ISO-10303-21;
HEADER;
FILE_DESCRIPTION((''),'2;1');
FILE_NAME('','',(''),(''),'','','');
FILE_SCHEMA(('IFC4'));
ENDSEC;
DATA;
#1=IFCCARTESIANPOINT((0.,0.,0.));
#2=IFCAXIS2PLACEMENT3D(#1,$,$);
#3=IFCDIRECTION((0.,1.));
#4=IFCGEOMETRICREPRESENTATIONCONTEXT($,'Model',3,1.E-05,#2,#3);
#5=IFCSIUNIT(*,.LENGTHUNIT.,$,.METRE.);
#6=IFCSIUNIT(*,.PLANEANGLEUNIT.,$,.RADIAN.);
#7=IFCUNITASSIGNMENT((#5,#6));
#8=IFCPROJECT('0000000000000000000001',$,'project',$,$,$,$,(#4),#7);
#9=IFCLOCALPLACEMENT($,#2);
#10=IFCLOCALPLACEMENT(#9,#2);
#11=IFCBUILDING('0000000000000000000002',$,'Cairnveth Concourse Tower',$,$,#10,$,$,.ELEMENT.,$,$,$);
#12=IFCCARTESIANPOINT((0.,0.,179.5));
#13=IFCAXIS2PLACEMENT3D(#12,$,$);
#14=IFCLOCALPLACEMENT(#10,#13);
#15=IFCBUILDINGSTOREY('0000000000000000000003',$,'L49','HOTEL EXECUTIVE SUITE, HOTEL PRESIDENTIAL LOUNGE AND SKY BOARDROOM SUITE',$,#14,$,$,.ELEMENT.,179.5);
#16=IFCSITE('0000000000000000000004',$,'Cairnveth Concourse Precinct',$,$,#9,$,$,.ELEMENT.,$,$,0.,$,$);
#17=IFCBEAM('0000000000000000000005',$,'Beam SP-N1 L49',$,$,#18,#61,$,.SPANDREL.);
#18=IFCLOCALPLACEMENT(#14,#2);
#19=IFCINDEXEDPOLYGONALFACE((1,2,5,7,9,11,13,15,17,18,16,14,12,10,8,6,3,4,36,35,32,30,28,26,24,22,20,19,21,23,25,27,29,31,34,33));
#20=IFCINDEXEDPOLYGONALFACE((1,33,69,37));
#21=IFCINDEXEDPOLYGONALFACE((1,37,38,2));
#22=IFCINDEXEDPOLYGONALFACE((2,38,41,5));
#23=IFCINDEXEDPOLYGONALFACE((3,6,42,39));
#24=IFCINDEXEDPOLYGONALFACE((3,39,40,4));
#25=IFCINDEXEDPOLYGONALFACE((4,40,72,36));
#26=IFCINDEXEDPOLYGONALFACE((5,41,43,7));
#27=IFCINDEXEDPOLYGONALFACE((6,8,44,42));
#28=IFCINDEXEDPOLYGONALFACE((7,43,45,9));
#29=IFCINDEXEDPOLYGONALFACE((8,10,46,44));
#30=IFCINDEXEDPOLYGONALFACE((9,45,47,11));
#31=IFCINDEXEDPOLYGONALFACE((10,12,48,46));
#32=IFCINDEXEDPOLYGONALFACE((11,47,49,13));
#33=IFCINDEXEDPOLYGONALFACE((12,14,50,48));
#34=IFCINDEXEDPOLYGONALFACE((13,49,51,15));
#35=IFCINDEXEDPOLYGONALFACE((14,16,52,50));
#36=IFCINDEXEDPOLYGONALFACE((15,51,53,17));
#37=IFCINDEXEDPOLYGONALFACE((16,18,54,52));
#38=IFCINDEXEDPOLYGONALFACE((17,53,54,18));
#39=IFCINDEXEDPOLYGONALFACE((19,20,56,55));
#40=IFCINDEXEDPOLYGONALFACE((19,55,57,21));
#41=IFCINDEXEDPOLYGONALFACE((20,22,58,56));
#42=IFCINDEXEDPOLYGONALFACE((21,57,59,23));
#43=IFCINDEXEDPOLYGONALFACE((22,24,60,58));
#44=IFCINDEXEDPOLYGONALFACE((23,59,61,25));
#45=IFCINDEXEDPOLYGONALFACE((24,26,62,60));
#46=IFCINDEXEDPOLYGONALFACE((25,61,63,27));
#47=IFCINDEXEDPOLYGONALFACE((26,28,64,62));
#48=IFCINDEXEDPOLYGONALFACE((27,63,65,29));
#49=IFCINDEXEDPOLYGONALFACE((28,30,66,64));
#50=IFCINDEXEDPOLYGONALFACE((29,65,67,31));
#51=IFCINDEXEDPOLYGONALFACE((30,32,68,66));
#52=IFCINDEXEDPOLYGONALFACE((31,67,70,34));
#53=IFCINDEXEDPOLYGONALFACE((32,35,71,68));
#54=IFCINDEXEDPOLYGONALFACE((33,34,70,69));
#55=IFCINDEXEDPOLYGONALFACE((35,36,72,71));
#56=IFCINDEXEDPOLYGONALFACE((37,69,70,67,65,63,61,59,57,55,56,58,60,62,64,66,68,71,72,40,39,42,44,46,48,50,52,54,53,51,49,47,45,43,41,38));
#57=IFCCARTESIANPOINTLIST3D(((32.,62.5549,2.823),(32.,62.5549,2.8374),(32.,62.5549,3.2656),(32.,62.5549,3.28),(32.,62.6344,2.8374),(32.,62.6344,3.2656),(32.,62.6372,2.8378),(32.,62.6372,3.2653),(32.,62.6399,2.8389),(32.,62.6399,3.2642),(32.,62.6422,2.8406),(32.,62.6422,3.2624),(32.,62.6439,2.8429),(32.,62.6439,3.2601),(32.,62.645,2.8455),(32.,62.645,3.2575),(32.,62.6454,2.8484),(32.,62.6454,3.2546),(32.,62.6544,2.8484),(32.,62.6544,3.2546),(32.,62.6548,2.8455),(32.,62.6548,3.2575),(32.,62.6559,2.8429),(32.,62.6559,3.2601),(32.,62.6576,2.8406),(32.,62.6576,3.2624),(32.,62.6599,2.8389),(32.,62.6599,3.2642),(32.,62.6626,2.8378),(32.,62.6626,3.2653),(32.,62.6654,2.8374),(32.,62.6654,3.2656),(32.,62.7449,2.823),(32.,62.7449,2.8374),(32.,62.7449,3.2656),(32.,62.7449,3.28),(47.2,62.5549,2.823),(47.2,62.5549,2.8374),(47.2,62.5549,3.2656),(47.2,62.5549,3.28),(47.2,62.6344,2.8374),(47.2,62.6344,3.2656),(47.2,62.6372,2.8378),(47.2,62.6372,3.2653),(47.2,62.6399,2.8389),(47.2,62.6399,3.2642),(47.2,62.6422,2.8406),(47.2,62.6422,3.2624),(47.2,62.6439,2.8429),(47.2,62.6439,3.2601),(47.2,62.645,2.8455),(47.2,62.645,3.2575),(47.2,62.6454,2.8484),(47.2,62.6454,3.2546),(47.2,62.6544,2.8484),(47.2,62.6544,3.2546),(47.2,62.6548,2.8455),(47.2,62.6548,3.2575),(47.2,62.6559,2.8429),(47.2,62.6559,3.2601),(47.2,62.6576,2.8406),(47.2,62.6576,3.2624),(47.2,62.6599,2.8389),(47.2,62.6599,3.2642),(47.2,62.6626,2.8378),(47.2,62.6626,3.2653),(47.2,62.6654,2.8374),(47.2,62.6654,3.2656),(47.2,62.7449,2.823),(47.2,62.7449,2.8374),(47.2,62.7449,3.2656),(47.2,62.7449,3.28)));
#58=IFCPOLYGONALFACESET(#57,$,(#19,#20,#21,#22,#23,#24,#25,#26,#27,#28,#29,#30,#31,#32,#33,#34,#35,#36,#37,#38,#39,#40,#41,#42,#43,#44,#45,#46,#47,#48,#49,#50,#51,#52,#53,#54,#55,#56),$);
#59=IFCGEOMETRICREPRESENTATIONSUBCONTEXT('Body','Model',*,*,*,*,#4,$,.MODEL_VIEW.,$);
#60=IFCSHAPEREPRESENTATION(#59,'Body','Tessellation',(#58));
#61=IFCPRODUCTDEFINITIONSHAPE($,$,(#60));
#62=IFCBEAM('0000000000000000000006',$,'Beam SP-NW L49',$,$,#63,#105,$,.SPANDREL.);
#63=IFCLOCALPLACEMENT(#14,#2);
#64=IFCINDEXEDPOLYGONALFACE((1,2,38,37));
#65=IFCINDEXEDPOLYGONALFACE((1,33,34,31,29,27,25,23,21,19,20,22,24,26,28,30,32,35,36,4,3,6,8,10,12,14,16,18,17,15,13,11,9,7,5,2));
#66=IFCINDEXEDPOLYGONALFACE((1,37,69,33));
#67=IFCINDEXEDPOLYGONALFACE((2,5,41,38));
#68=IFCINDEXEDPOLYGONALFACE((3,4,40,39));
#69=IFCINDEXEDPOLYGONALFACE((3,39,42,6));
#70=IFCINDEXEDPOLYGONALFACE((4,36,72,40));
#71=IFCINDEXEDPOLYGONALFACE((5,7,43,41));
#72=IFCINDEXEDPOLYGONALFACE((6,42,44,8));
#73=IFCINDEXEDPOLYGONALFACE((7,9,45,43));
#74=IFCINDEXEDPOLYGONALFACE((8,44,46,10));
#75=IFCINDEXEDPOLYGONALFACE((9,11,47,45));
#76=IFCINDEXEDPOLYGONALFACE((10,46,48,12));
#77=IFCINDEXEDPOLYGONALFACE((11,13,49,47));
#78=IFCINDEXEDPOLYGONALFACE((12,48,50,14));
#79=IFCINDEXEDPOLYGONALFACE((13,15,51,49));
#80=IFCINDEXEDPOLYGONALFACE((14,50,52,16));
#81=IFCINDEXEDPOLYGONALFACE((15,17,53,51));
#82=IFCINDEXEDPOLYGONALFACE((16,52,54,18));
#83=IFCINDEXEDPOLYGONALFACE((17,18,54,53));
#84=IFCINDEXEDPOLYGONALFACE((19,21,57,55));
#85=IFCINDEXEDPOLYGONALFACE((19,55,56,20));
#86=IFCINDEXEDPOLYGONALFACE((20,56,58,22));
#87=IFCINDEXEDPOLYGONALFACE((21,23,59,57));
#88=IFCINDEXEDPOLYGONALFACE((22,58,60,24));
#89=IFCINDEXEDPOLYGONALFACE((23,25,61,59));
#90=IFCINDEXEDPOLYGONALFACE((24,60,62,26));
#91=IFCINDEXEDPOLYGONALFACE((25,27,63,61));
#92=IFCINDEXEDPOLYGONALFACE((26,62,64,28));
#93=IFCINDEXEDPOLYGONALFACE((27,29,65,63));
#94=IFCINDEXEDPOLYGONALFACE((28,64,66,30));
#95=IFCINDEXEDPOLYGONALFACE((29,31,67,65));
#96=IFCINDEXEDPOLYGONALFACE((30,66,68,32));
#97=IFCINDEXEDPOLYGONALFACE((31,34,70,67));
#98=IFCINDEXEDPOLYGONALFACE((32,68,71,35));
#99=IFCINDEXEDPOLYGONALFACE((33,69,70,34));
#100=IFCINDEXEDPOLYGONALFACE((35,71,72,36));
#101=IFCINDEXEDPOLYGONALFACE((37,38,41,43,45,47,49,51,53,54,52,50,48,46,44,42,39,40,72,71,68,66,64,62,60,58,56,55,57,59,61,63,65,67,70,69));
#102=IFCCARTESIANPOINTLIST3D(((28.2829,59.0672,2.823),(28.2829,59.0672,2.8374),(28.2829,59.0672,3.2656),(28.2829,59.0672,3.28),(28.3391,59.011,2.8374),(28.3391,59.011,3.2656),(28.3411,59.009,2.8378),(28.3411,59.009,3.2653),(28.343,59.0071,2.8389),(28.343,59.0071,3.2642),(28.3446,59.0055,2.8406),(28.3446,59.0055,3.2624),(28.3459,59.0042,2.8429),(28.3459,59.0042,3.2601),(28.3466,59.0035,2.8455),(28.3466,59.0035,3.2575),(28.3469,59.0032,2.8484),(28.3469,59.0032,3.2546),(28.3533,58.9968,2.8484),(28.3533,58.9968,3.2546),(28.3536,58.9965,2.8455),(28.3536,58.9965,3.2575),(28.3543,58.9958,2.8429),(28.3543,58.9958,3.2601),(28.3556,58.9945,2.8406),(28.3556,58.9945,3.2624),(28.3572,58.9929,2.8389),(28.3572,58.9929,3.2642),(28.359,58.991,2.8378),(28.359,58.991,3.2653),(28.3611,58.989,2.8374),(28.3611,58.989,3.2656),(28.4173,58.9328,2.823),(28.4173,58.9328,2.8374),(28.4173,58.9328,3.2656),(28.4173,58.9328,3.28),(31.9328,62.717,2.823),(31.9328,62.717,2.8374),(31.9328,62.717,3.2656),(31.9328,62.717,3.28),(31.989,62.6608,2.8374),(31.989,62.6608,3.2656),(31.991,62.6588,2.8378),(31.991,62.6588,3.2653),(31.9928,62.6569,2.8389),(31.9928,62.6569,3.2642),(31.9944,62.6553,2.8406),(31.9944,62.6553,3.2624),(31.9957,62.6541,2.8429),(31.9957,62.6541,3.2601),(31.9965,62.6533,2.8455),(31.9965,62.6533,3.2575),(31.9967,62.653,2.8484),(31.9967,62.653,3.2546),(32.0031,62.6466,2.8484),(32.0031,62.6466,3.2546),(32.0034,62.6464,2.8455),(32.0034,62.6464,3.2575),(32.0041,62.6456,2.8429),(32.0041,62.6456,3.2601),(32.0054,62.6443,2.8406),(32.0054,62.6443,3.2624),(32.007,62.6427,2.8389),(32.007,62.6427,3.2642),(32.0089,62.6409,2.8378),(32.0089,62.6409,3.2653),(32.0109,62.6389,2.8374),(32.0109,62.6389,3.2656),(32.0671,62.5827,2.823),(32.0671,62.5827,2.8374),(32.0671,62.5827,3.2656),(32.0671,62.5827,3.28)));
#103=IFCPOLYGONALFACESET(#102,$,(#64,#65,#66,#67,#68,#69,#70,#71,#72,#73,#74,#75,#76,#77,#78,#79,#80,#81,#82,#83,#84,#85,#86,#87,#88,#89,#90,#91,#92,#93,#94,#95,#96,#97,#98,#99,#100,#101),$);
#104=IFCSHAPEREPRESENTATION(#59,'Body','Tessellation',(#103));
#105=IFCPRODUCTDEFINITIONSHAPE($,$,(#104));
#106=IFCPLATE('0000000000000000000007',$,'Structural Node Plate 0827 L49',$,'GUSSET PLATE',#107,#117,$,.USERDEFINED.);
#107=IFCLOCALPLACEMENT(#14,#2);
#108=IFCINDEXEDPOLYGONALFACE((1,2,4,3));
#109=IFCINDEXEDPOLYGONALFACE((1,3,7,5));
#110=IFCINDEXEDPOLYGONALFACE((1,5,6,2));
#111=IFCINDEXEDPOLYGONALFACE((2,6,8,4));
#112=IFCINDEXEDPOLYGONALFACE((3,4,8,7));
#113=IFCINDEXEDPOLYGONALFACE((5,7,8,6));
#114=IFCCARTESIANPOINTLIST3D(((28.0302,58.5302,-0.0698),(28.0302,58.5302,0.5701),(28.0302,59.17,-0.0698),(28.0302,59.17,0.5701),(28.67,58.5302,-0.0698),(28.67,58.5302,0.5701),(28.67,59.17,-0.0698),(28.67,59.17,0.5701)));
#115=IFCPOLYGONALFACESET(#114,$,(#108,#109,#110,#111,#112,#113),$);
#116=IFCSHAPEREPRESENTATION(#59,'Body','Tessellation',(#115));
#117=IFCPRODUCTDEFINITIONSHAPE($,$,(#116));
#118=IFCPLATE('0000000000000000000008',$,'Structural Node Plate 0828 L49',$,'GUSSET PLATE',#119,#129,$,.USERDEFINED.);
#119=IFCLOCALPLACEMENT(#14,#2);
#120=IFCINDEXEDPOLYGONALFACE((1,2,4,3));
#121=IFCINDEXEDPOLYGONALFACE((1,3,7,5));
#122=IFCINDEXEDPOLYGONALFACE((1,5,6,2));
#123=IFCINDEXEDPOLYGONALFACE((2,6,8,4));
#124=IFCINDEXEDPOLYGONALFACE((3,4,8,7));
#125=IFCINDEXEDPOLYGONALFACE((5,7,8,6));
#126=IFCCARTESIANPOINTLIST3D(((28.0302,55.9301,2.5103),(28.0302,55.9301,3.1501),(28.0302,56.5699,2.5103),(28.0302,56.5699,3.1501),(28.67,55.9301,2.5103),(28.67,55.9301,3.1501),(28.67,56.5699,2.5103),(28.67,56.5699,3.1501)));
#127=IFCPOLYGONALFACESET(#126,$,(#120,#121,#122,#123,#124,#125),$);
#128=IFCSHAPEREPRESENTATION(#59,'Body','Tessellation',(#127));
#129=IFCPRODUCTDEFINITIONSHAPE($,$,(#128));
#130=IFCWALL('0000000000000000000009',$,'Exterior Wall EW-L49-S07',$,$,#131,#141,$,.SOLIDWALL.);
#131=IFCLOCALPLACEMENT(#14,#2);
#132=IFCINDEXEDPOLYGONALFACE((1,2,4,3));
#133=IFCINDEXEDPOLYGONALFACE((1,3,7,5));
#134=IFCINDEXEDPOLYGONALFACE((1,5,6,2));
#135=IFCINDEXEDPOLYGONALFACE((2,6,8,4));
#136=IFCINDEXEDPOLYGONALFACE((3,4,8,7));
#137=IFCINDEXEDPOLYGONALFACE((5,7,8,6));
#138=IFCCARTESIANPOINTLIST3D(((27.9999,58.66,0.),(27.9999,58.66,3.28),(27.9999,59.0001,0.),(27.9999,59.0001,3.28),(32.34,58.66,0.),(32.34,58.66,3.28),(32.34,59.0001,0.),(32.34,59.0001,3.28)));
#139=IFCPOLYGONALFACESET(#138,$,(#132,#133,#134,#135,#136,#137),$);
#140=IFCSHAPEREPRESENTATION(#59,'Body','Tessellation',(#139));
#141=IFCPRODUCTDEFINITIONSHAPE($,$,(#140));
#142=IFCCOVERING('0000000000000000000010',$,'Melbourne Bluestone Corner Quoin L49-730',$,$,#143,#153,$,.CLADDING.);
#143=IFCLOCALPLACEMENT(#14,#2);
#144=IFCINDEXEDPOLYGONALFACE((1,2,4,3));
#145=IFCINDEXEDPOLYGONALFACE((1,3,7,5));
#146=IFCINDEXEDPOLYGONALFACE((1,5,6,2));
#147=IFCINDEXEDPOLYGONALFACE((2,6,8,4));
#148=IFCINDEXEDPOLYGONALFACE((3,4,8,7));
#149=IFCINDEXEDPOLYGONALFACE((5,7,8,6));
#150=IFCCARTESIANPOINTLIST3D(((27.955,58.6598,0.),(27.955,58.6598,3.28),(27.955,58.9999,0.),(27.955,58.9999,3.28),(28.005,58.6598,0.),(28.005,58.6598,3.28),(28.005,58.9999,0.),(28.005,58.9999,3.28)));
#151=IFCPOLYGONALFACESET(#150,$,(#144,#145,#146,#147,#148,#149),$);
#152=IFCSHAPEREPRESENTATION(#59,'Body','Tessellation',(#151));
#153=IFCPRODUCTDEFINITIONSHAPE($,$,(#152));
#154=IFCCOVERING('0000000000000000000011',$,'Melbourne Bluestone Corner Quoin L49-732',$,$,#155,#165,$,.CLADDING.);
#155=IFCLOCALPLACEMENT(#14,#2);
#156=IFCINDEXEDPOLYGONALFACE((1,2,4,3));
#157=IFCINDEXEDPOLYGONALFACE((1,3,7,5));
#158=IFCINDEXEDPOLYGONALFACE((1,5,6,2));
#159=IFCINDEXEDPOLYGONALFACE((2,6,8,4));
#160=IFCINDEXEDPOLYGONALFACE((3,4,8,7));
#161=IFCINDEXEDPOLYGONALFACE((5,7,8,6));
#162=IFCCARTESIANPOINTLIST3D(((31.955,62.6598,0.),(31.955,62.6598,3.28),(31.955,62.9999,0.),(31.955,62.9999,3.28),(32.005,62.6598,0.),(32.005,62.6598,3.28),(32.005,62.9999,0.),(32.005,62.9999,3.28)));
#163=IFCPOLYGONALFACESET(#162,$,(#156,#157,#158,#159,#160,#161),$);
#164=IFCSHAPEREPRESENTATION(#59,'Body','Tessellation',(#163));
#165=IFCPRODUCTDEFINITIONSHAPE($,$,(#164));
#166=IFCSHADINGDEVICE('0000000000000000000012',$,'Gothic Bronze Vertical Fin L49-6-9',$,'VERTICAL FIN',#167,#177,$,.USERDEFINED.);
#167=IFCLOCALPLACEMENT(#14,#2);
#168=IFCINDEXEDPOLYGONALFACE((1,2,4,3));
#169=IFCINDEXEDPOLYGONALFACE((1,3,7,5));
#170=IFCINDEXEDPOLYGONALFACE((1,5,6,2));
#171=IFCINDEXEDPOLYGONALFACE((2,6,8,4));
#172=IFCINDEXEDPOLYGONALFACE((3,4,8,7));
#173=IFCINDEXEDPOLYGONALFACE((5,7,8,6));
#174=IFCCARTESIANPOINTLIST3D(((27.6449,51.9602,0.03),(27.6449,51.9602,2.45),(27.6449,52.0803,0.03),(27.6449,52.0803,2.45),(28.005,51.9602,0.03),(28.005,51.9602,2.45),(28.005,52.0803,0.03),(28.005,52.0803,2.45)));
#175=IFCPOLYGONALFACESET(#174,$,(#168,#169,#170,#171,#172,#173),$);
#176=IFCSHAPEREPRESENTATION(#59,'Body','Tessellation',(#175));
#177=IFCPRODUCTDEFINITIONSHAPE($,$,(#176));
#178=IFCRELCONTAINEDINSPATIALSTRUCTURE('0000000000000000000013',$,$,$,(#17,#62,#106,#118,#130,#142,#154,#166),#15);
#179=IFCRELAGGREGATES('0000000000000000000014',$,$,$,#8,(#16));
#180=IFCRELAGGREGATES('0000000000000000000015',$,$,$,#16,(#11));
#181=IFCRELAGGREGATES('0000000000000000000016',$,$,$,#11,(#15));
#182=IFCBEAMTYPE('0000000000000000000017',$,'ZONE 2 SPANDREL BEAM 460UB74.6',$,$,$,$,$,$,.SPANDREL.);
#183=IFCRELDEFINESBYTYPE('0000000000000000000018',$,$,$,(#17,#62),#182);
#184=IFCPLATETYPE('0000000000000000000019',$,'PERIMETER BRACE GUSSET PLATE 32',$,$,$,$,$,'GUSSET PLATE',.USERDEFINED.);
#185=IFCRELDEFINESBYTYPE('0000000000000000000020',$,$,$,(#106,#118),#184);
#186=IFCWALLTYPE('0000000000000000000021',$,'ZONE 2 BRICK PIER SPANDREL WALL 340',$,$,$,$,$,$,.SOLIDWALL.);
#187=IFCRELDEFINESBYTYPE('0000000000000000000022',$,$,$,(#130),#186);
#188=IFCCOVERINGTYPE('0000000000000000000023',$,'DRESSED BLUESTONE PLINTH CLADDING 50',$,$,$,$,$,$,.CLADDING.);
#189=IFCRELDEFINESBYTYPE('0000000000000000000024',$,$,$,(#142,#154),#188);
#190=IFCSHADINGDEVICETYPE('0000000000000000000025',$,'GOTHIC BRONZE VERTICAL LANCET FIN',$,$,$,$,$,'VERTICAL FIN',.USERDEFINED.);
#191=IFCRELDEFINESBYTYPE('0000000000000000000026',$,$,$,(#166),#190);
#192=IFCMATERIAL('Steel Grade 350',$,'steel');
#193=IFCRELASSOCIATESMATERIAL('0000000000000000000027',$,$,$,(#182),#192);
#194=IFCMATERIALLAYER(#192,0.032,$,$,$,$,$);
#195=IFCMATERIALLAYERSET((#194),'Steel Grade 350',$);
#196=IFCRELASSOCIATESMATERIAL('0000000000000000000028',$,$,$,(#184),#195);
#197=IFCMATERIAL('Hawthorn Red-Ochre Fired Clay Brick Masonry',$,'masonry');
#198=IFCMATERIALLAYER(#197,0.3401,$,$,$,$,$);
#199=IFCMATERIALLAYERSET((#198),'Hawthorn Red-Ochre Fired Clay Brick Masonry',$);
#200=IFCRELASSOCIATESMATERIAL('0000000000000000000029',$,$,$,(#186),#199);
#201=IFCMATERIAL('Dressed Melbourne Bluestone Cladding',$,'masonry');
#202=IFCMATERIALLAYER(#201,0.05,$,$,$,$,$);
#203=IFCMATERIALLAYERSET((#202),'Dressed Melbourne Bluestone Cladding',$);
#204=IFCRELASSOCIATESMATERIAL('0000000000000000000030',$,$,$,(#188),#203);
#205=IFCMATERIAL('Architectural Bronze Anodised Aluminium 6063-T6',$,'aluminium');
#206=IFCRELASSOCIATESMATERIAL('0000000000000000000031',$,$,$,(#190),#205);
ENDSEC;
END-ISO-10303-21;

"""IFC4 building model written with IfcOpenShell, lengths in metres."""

from ifc_helpers import new_model, si_unit, direction, frame, frame_2d, origin, origin_2d, place, context, subcontext, project, spatial, rectangle, i_section, extrude, material, layer, layer_set, material_profile, profile_set, type_object, element, save


model = new_model("IFC4")

# Units and contexts
model_context = context("Model", 3, precision=1e-05, world=origin(), true_north=direction((0.0, 1.0)))
body_context = subcontext(model_context, "Body", "Model", "MODEL_VIEW")
ifc_project = project(units=[si_unit("LENGTHUNIT", "METRE"), si_unit("PLANEANGLEUNIT", "RADIAN")], contexts=[model_context])

# Site, building, storey
site_placement = place(None, origin())
site = spatial("IfcSite", under=ifc_project, at=site_placement, Name="Cairnveth Concourse Precinct", CompositionType="ELEMENT", RefElevation=0.0)
building_placement = place(site_placement, origin())
building = spatial("IfcBuilding", under=site, at=building_placement, Name="Cairnveth Concourse Tower", CompositionType="ELEMENT")
storey_placement = place(building_placement, frame((0.0, 0.0, 179.5)))
storey = spatial("IfcBuildingStorey", under=building, at=storey_placement, Name="L49", Description="HOTEL EXECUTIVE SUITE, HOTEL PRESIDENTIAL LOUNGE AND SKY BOARDROOM SUITE", CompositionType="ELEMENT", Elevation=179.5)

# Shared definitions
ifc_material_1 = material(Name="Steel Grade 350", Category="steel")

# Beams
ifc_material_profile_1 = material_profile(ifc_material_1, i_section(OverallWidth=0.1899, OverallDepth=0.457, WebThickness=0.009, FlangeThickness=0.0144, FilletRadius=0.011, at=origin_2d()), Name="460UB74.6")
ifc_profile_set_1 = profile_set([ifc_material_profile_1], Name="Steel Grade 350")
beam_type_1 = type_object("IfcBeamType", Name="ZONE 2 SPANDREL BEAM 460UB74.6", PredefinedType="SPANDREL", material=ifc_profile_set_1)
beam_1_placement = place(storey_placement, frame((32.0, 62.6499, 3.0515), z_axis=(1.0, 0.0, 0.0), x_axis=(0.0, 1.0, 0.0)))
element("IfcBeam", 1, at=beam_1_placement, inside=storey, type_object=beam_type_1, Name="Beam SP-N1 L49", PredefinedType="SPANDREL", context=body_context, shape_type="SweptSolid", body=[
    extrude(i_section(OverallWidth=0.1899, OverallDepth=0.457, WebThickness=0.009, FlangeThickness=0.0144, FilletRadius=0.011, at=origin_2d()), origin(), (0.0, 0.0, 1.0), 15.2),
])
beam_2_placement = place(storey_placement, frame((28.3501, 59.0, 3.0515), z_axis=(0.707107, 0.707107, 0.0), x_axis=(-0.707107, 0.707107, 0.0)))
element("IfcBeam", 2, at=beam_2_placement, inside=storey, type_object=beam_type_1, Name="Beam SP-NW L49", PredefinedType="SPANDREL", context=body_context, shape_type="SweptSolid", body=[
    extrude(i_section(OverallWidth=0.1899, OverallDepth=0.457, WebThickness=0.009, FlangeThickness=0.0144, FilletRadius=0.011, at=origin_2d()), origin(), (0.0, 0.0, 1.0), 5.1616),
])

# Plates
ifc_layer_1 = layer(ifc_material_1, 0.032)
ifc_layer_set_1 = layer_set([ifc_layer_1], Name="Steel Grade 350")
plate_type = type_object("IfcPlateType", Name="PERIMETER BRACE GUSSET PLATE 32", ElementType="GUSSET PLATE", PredefinedType="USERDEFINED", material=ifc_layer_set_1)
for number, where, z_axis, x_axis, name in (
    (3, (28.3501, 58.8501, -0.0698), (0.0, 0.0, 1.0), (1.0, 0.0, 0.0), "Structural Node Plate 0827 L49"),
    (4, (28.3501, 56.25, 2.5103), (0.0, 0.0, 1.0), (1.0, 0.0, 0.0), "Structural Node Plate 0828 L49"),
):
    element("IfcPlate", number, at=place(storey_placement, frame(where, z_axis=z_axis, x_axis=x_axis)), inside=storey, type_object=plate_type, Name=name, ObjectType="GUSSET PLATE", PredefinedType="USERDEFINED", context=body_context, shape_type="SweptSolid", body=[
        extrude(rectangle(XDim=0.6399, YDim=0.6399, at=origin_2d()), origin(), (0.0, 0.0, 1.0), 0.6399),
    ])

# Wall
ifc_material_2 = material(Name="Hawthorn Red-Ochre Fired Clay Brick Masonry", Category="masonry")
ifc_layer_2 = layer(ifc_material_2, 0.3401)
ifc_layer_set_2 = layer_set([ifc_layer_2], Name="Hawthorn Red-Ochre Fired Clay Brick Masonry")
wall_type = type_object("IfcWallType", Name="ZONE 2 BRICK PIER SPANDREL WALL 340", PredefinedType="SOLIDWALL", material=ifc_layer_set_2)
wall_1_placement = place(storey_placement, frame((28.0, 58.8301, 0.0), z_axis=(0.0, 0.0, 1.0), x_axis=(1.0, 0.0, 0.0)))
element("IfcWall", 5, at=wall_1_placement, inside=storey, type_object=wall_type, Name="Exterior Wall EW-L49-S07", PredefinedType="SOLIDWALL", context=body_context, shape_type="SweptSolid", body=[
    extrude(rectangle(XDim=4.3401, YDim=0.3401, at=frame_2d((2.1699, 0.0))), origin(), (0.0, 0.0, 1.0), 3.28),
])

# Coverings
ifc_material_3 = material(Name="Dressed Melbourne Bluestone Cladding", Category="masonry")
ifc_layer_3 = layer(ifc_material_3, 0.05)
ifc_layer_set_3 = layer_set([ifc_layer_3], Name="Dressed Melbourne Bluestone Cladding")
covering_type = type_object("IfcCoveringType", Name="DRESSED BLUESTONE PLINTH CLADDING 50", PredefinedType="CLADDING", material=ifc_layer_set_3)
for number, where, z_axis, x_axis, name in (
    (6, (27.98, 58.6599, 0.0), (0.0, 0.0, 1.0), (0.0, 1.0, 0.0), "Melbourne Bluestone Corner Quoin L49-730"),
    (7, (31.98, 62.6599, 0.0), (0.0, 0.0, 1.0), (0.0, 1.0, 0.0), "Melbourne Bluestone Corner Quoin L49-732"),
):
    element("IfcCovering", number, at=place(storey_placement, frame(where, z_axis=z_axis, x_axis=x_axis)), inside=storey, type_object=covering_type, Name=name, PredefinedType="CLADDING", context=body_context, shape_type="SweptSolid", body=[
        extrude(rectangle(XDim=0.3401, YDim=0.05, at=frame_2d((0.1699, 0.0))), origin(), (0.0, 0.0, 1.0), 3.28),
    ])

# Shading device
ifc_material_4 = material(Name="Architectural Bronze Anodised Aluminium 6063-T6", Category="aluminium")
shading_device_type = type_object("IfcShadingDeviceType", Name="GOTHIC BRONZE VERTICAL LANCET FIN", ElementType="VERTICAL FIN", PredefinedType="USERDEFINED", material=ifc_material_4)
shading_device_placement = place(storey_placement, frame((27.825, 52.0203, 0.03), z_axis=(0.0, 0.0, 1.0), x_axis=(0.0, 1.0, 0.0)))
element("IfcShadingDevice", 8, at=shading_device_placement, inside=storey, type_object=shading_device_type, Name="Gothic Bronze Vertical Fin L49-6-9", ObjectType="VERTICAL FIN", PredefinedType="USERDEFINED", context=body_context, shape_type="SweptSolid", body=[
    extrude(rectangle(XDim=0.1201, YDim=0.3601, at=origin_2d()), origin(), (0.0, 0.0, 1.0), 2.4199),
])

save(model, "model.ifc")
